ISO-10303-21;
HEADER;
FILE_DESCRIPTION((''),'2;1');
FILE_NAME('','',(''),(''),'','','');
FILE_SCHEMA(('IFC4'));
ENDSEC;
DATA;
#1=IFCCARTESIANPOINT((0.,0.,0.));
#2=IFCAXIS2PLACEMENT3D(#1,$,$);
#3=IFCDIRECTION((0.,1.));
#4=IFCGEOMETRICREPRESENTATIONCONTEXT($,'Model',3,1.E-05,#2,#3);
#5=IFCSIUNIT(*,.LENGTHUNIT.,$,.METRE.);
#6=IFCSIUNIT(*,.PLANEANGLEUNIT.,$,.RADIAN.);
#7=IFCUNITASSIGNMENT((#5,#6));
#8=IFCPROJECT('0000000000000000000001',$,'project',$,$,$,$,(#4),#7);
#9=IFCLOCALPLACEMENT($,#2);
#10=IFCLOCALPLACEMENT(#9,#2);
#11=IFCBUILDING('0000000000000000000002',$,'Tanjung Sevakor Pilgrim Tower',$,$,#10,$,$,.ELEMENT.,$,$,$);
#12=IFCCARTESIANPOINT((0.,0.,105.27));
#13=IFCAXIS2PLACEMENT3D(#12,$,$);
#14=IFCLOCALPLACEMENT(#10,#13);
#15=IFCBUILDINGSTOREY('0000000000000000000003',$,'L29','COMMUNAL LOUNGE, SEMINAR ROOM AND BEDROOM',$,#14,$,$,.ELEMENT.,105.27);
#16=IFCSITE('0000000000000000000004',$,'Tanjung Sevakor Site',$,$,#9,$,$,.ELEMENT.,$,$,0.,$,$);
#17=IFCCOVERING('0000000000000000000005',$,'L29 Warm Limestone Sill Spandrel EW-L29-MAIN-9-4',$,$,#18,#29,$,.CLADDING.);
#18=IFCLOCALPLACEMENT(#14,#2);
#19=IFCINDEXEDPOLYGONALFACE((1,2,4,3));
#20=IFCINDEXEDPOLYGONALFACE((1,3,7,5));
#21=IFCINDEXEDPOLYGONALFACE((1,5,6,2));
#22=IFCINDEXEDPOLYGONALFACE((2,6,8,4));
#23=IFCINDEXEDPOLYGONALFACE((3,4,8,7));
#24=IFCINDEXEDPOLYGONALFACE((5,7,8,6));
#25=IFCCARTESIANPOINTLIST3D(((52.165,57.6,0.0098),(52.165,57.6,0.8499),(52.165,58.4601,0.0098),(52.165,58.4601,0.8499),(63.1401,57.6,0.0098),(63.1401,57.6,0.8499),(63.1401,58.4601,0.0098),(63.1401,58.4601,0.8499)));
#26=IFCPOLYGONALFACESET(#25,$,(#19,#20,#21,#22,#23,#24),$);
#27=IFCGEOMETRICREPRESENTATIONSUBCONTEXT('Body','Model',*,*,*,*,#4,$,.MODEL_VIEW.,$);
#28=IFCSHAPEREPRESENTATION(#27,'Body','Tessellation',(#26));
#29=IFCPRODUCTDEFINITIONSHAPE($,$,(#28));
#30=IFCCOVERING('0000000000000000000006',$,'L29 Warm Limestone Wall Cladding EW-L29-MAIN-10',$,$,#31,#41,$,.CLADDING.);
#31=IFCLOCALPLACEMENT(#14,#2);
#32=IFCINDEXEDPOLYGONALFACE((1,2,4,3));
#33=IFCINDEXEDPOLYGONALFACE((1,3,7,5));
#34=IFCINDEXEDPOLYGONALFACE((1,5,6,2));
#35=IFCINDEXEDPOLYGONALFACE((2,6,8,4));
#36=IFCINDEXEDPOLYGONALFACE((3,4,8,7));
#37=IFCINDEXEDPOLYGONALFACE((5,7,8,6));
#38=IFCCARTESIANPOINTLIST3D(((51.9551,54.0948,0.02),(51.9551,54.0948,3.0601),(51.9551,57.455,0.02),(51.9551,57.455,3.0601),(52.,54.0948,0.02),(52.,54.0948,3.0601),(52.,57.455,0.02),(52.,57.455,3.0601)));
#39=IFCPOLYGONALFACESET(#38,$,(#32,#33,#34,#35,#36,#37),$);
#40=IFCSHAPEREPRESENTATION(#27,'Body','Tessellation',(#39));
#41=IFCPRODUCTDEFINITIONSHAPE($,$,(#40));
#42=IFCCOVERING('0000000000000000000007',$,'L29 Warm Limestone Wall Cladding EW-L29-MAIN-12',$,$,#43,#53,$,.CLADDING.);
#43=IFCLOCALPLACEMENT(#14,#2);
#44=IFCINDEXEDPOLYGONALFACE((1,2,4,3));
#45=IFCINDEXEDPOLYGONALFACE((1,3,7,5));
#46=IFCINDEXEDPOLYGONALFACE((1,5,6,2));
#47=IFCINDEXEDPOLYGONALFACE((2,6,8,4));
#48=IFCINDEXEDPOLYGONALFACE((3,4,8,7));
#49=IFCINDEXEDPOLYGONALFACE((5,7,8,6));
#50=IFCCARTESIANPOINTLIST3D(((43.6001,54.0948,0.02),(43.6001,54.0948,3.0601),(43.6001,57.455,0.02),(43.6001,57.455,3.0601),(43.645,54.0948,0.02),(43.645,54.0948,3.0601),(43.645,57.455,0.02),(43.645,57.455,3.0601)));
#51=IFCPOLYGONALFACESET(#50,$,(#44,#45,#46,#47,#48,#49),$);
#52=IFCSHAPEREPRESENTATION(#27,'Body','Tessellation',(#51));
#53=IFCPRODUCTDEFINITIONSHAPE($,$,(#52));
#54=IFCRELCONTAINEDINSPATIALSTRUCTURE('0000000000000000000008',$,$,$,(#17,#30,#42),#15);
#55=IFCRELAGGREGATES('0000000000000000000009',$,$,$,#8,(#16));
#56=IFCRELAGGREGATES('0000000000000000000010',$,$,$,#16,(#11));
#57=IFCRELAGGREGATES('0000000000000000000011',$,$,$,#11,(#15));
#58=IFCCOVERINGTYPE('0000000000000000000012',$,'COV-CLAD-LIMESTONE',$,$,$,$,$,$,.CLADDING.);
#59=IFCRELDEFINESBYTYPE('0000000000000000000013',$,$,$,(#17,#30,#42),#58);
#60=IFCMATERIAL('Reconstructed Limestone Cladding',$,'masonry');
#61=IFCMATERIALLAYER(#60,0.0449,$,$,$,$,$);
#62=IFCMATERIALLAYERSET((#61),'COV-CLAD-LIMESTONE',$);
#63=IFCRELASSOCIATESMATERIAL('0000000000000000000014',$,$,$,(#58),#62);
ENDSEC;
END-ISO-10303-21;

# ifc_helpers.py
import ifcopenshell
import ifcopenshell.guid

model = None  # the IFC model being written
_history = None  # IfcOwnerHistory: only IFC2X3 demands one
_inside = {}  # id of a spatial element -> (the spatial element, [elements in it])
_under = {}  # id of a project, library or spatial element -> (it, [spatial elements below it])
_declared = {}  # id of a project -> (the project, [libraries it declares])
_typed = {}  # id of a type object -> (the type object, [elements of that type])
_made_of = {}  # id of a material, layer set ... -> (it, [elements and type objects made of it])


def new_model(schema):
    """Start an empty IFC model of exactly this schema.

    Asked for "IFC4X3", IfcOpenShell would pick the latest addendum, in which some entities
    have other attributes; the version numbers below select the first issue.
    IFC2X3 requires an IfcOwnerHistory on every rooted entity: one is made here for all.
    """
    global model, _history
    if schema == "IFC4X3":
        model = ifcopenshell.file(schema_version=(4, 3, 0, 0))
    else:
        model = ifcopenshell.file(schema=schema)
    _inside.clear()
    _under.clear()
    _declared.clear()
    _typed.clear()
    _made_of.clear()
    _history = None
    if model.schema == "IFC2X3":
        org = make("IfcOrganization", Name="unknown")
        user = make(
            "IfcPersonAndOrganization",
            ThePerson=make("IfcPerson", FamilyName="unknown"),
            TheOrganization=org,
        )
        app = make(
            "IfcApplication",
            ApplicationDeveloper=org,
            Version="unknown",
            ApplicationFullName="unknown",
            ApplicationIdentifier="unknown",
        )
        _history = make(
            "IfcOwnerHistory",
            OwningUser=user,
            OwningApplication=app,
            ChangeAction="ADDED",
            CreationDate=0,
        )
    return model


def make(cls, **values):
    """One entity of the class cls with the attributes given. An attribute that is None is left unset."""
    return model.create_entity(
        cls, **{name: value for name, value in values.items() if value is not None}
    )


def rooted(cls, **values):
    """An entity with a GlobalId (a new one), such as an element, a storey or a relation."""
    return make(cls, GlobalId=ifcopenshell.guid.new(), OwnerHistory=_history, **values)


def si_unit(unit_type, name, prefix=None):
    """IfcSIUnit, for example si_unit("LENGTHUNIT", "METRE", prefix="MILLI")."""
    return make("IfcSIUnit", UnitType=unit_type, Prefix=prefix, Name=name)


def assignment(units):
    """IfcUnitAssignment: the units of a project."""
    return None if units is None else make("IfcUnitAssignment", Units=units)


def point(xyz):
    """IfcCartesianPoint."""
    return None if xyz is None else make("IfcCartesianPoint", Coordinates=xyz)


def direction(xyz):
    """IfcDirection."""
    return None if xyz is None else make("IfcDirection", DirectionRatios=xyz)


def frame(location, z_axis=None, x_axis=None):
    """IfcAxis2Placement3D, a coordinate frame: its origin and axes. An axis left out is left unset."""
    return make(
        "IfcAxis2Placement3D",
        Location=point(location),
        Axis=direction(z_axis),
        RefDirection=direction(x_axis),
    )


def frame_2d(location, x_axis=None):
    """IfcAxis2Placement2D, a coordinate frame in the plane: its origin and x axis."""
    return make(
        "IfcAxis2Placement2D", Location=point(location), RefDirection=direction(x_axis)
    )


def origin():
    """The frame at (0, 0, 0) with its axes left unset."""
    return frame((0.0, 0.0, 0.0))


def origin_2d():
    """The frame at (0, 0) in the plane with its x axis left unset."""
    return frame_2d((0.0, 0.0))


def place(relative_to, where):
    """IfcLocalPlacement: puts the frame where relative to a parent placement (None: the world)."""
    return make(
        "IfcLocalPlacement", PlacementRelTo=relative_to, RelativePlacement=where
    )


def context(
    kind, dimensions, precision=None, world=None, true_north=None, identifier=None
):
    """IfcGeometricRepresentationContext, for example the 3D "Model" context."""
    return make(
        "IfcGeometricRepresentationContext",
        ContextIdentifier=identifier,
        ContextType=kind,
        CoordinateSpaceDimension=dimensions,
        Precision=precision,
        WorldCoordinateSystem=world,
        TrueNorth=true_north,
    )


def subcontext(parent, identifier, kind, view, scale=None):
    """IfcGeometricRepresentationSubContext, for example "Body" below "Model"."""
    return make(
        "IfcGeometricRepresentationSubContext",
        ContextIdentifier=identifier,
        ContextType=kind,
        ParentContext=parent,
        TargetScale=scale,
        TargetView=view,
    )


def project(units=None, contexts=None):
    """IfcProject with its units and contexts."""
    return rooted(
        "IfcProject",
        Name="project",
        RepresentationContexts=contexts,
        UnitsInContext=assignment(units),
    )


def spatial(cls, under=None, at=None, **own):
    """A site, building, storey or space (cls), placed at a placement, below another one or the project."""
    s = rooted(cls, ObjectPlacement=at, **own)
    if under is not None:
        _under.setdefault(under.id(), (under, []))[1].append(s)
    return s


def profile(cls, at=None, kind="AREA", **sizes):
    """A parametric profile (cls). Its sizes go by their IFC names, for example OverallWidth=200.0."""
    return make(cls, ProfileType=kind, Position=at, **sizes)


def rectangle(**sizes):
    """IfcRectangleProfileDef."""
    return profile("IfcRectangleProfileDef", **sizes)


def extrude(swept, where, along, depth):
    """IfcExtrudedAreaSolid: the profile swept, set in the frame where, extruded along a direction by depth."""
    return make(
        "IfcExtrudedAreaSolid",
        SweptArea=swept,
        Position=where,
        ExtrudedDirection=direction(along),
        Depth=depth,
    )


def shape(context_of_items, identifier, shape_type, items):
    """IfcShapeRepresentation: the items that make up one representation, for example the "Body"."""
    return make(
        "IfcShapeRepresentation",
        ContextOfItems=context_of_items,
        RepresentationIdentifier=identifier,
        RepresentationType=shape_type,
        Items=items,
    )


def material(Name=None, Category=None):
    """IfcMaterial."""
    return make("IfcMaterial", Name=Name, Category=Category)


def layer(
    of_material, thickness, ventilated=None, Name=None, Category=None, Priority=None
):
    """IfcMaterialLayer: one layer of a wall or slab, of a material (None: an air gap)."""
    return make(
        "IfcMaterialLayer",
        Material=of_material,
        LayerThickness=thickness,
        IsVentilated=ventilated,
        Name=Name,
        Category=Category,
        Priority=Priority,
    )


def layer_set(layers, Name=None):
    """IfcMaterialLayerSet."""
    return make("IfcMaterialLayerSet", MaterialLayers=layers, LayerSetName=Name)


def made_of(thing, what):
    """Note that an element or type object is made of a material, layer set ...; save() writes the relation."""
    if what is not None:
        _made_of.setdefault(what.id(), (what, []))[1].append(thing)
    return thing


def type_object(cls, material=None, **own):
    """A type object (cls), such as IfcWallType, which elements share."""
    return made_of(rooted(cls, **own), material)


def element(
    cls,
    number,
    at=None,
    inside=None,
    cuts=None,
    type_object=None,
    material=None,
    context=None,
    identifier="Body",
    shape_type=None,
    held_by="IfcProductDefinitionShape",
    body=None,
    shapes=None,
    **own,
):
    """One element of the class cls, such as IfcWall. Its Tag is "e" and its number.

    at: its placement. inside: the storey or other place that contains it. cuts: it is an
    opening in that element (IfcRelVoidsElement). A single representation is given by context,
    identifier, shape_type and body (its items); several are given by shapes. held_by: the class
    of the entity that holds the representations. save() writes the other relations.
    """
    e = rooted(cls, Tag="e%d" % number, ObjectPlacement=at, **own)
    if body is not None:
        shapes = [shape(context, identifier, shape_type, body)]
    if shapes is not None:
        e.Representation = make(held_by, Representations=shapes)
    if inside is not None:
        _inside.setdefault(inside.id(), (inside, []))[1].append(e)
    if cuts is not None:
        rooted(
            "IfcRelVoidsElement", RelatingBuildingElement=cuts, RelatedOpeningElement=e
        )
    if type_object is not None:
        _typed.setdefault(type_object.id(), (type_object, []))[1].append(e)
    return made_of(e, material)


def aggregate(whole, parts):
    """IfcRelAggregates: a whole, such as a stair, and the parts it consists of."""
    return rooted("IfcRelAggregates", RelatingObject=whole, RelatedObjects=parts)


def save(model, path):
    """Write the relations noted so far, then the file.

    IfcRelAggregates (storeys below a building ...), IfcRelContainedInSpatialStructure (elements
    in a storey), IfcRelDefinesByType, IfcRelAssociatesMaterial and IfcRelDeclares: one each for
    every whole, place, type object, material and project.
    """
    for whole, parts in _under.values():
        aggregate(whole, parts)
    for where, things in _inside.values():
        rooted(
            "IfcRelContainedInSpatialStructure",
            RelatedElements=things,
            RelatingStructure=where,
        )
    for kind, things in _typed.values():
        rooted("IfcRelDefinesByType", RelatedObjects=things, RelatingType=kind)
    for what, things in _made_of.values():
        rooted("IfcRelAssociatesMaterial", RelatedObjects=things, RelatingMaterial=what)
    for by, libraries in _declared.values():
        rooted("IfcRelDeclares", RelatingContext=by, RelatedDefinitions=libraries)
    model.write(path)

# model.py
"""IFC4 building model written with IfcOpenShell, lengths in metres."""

from ifc_helpers import new_model, si_unit, direction, frame, origin, origin_2d, place, context, subcontext, project, spatial, rectangle, extrude, material, layer, layer_set, type_object, element, save


model = new_model("IFC4")

# Units and contexts
model_context = context("Model", 3, precision=1e-05, world=origin(), true_north=direction((0.0, 1.0)))
body_context = subcontext(model_context, "Body", "Model", "MODEL_VIEW")
ifc_project = project(units=[si_unit("LENGTHUNIT", "METRE"), si_unit("PLANEANGLEUNIT", "RADIAN")], contexts=[model_context])

# Site, building, storey
site_placement = place(None, origin())
site = spatial("IfcSite", under=ifc_project, at=site_placement, Name="Tanjung Sevakor Site", CompositionType="ELEMENT", RefElevation=0.0)
building_placement = place(site_placement, origin())
building = spatial("IfcBuilding", under=site, at=building_placement, Name="Tanjung Sevakor Pilgrim Tower", CompositionType="ELEMENT")
storey_placement = place(building_placement, frame((0.0, 0.0, 105.27)))
storey = spatial("IfcBuildingStorey", under=building, at=storey_placement, Name="L29", Description="COMMUNAL LOUNGE, SEMINAR ROOM AND BEDROOM", CompositionType="ELEMENT", Elevation=105.27)

# Coverings
ifc_material_1 = material(Name="Reconstructed Limestone Cladding", Category="masonry")
ifc_layer_1 = layer(ifc_material_1, 0.0449)
ifc_layer_set_1 = layer_set([ifc_layer_1], Name="COV-CLAD-LIMESTONE")
covering_type = type_object("IfcCoveringType", Name="COV-CLAD-LIMESTONE", PredefinedType="CLADDING", material=ifc_layer_set_1)
covering_placement = place(storey_placement, frame((57.6526, 58.03, 0.0098), z_axis=(0.0, 0.0, 1.0), x_axis=(-1.0, 0.0, 0.0)))
element("IfcCovering", 1, at=covering_placement, inside=storey, type_object=covering_type, Name="L29 Warm Limestone Sill Spandrel EW-L29-MAIN-9-4", PredefinedType="CLADDING", context=body_context, shape_type="SweptSolid", body=[
    extrude(rectangle(XDim=10.9751, YDim=0.8601, at=origin_2d()), origin(), (0.0, 0.0, 1.0), 0.8401),
])
for number, where, z_axis, x_axis, name in (
    (2, (51.9775, 55.7749, 0.02), (0.0, 0.0, 1.0), (0.0, -1.0, 0.0), "L29 Warm Limestone Wall Cladding EW-L29-MAIN-10"),
    (3, (43.6226, 55.7749, 0.02), (0.0, 0.0, 1.0), (0.0, 1.0, 0.0), "L29 Warm Limestone Wall Cladding EW-L29-MAIN-12"),
):
    element("IfcCovering", number, at=place(storey_placement, frame(where, z_axis=z_axis, x_axis=x_axis)), inside=storey, type_object=covering_type, Name=name, PredefinedType="CLADDING", context=body_context, shape_type="SweptSolid", body=[
        extrude(rectangle(XDim=3.3601, YDim=0.0449, at=origin_2d()), origin(), (0.0, 0.0, 1.0), 3.04),
    ])

save(model, "model.ifc")
